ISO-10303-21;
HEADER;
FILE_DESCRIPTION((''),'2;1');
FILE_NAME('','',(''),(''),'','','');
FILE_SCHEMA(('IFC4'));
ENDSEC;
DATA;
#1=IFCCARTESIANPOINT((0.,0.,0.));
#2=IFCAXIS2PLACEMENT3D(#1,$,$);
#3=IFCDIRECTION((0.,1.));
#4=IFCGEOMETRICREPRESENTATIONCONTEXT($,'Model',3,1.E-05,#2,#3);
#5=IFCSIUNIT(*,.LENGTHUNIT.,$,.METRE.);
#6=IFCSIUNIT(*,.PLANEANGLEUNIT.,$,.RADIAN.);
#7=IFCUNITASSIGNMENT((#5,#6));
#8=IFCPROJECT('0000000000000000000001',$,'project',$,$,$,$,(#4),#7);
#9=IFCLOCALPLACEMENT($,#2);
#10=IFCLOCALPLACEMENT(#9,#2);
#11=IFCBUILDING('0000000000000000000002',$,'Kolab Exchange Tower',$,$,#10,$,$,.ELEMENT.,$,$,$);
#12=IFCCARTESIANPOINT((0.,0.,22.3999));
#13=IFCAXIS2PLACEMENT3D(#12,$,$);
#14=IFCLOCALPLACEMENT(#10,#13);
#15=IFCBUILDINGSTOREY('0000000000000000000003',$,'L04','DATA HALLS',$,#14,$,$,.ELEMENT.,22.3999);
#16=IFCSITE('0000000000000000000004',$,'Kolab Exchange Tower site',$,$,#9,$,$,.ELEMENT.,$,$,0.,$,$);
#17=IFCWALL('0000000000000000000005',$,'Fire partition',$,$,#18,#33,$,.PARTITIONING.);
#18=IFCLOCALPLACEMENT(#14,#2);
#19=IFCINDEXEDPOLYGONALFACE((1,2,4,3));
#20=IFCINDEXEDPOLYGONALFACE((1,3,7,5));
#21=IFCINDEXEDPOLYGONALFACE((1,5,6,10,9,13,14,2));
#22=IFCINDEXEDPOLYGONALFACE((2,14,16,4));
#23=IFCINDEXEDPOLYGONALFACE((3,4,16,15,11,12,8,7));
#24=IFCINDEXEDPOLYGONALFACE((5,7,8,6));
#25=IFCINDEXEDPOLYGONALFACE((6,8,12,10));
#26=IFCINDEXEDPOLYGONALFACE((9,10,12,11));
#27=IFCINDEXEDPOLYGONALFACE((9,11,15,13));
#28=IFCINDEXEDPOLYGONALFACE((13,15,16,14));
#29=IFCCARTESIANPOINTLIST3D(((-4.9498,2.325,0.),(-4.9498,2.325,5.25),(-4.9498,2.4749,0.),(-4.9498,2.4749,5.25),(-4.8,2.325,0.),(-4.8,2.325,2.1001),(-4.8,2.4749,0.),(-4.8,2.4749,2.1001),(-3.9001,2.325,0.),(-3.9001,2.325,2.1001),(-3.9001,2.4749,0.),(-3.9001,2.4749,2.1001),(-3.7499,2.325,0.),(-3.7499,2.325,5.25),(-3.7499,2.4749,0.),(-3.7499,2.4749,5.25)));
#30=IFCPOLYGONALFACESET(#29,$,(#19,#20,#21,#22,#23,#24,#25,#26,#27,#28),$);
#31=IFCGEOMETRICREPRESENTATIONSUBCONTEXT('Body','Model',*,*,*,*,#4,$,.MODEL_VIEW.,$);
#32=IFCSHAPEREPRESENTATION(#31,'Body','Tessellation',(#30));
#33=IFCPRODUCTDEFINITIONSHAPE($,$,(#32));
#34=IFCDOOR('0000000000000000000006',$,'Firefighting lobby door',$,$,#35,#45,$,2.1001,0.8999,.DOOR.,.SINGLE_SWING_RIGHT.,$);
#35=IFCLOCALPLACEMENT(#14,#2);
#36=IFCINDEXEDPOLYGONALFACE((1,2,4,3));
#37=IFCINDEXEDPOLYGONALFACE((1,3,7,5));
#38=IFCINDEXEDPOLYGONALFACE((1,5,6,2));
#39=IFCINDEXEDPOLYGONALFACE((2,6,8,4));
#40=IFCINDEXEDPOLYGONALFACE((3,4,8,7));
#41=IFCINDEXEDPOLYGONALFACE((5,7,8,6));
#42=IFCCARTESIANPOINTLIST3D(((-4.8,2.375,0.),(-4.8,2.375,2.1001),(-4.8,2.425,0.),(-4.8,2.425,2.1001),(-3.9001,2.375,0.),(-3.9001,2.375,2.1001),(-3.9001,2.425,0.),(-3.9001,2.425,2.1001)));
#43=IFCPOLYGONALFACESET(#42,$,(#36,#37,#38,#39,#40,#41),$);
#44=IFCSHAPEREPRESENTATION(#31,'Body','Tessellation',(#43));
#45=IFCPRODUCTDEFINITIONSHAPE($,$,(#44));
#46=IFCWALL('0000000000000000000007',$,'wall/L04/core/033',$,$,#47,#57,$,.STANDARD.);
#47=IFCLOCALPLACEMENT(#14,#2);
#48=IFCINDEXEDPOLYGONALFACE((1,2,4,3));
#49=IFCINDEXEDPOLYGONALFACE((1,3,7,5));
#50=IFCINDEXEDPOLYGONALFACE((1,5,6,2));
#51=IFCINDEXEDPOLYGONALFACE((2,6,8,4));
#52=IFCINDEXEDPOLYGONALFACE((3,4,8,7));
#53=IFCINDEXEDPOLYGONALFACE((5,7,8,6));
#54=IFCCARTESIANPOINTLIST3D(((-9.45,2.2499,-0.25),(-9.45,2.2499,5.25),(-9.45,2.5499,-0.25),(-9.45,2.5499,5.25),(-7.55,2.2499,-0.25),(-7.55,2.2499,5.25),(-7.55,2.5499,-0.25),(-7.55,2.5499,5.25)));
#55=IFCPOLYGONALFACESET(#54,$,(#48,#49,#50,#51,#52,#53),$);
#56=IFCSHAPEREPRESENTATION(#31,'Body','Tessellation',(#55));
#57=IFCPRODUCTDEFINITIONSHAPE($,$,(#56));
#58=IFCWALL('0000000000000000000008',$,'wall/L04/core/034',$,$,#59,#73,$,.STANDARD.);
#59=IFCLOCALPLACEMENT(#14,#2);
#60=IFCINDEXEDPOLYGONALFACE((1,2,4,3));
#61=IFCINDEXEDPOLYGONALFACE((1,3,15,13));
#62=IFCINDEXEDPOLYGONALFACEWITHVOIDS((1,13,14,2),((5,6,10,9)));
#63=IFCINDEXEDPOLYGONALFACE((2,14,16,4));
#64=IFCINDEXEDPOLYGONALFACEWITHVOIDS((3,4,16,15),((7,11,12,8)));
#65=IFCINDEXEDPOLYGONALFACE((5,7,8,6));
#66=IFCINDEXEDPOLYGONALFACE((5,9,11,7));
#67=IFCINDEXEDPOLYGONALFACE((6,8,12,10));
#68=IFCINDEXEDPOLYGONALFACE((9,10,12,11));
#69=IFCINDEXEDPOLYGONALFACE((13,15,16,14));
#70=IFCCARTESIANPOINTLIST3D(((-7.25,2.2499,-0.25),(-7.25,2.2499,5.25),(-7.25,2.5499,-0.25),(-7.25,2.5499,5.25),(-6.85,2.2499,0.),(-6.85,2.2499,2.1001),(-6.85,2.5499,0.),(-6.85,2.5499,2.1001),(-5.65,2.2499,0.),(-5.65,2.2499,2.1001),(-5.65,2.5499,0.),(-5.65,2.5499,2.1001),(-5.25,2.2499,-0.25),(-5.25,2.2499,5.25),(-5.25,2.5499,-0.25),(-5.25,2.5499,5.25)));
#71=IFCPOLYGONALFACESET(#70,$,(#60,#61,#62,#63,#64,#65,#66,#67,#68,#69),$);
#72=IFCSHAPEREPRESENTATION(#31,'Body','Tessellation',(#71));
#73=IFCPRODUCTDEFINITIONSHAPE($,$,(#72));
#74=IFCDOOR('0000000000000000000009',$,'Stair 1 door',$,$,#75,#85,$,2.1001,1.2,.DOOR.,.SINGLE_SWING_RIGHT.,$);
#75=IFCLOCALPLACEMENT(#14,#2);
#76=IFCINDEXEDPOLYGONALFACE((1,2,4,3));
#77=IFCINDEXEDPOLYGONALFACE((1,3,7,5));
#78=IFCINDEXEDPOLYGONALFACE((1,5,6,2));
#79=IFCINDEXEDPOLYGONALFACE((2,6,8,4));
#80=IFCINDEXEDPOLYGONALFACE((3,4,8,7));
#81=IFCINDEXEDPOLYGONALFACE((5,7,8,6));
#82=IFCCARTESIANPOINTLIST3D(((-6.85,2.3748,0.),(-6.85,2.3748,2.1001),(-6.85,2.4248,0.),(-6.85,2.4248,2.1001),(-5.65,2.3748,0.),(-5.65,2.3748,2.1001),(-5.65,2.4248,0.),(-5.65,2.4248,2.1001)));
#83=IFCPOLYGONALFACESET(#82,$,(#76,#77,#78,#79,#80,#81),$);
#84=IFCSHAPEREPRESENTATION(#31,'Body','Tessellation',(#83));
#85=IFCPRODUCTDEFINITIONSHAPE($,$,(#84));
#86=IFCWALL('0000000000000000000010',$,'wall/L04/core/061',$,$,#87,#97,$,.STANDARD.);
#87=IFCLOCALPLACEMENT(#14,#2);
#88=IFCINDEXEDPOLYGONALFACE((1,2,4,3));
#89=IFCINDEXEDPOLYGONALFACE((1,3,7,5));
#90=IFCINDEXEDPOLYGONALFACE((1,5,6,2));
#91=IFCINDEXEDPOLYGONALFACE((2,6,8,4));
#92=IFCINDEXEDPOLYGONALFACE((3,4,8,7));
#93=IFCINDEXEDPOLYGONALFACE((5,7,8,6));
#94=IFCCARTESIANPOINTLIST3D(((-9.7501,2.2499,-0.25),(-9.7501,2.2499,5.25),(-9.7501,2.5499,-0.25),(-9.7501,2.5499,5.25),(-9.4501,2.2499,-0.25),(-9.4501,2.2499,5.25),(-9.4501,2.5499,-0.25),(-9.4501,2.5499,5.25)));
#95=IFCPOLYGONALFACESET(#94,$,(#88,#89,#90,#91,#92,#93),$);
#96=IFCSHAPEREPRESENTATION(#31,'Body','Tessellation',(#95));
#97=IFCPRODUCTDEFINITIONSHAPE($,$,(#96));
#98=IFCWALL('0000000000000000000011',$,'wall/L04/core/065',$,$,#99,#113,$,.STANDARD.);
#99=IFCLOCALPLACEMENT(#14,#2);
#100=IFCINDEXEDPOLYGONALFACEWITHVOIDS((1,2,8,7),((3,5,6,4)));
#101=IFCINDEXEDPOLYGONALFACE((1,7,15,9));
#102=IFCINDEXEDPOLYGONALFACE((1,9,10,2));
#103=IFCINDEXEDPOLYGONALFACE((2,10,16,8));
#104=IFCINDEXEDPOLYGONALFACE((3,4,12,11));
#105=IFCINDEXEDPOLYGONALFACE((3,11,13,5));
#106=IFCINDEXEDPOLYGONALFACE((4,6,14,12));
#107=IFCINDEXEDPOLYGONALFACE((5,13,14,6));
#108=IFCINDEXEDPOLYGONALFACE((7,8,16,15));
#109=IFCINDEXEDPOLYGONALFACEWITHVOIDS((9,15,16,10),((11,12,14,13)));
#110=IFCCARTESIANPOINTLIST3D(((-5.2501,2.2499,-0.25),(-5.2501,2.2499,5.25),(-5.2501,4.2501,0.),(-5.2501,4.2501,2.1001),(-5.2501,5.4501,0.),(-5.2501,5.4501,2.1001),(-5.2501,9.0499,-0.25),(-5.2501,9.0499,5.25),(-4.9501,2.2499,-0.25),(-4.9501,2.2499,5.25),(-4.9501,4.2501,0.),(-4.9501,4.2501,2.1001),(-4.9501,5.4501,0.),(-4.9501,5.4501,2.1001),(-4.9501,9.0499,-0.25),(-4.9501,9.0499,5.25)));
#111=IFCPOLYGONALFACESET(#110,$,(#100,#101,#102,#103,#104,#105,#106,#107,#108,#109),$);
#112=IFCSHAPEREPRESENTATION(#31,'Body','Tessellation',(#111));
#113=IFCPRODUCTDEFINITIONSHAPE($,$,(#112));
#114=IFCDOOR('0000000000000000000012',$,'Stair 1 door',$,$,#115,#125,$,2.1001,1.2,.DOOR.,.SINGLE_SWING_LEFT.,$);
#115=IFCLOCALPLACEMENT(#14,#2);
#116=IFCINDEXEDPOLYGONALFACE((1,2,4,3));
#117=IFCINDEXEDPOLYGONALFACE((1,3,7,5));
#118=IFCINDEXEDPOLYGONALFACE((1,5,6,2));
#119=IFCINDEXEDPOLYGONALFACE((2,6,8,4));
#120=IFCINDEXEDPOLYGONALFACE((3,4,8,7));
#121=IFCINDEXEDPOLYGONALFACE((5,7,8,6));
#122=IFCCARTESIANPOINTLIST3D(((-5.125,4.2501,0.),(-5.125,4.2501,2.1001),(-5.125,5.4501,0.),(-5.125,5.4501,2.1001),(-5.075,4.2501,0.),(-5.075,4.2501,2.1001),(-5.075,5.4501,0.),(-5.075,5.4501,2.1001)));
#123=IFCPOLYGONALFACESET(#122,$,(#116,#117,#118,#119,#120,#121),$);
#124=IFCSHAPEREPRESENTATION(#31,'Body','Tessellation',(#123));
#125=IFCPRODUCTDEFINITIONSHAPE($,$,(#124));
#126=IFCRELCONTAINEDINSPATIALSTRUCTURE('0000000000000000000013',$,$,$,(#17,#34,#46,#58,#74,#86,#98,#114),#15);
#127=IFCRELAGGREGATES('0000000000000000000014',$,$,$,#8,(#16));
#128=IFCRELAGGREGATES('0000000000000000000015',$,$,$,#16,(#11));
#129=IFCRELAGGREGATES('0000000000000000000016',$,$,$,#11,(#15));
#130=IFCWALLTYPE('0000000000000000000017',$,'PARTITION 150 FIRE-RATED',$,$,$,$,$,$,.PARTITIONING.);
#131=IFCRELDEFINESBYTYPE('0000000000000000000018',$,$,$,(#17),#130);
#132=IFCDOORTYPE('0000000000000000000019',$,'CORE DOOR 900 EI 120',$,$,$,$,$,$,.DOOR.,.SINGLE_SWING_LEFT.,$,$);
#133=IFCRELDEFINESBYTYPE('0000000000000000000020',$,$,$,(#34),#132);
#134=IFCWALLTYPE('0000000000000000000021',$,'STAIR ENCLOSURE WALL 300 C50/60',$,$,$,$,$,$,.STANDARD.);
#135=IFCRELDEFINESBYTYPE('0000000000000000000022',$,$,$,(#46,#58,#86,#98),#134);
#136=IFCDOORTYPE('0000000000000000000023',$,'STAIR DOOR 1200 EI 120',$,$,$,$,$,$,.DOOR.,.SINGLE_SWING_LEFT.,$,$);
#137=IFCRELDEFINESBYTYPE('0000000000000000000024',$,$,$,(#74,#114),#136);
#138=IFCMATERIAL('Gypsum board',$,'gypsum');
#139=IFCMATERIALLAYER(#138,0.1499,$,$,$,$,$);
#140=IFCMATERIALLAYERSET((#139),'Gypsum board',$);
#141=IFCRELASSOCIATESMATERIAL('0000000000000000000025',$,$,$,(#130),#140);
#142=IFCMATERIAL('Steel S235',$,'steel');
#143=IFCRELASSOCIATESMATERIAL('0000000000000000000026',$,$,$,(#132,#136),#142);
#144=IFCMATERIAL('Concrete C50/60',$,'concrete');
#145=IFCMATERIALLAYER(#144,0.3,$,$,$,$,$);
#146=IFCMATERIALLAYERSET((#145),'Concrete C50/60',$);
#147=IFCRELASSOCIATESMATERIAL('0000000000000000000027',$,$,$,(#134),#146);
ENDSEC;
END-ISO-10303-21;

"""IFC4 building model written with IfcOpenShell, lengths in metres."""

from ifc_helpers import new_model, si_unit, direction, frame, frame_2d, origin, place, context, subcontext, project, spatial, rectangle, extrude, material, layer, layer_set, type_object, element, fill, save


model = new_model("IFC4")

# Units and contexts
model_context = context("Model", 3, precision=1e-05, world=origin(), true_north=direction((0.0, 1.0)))
body_context = subcontext(model_context, "Body", "Model", "MODEL_VIEW")
ifc_project = project(units=[si_unit("LENGTHUNIT", "METRE"), si_unit("PLANEANGLEUNIT", "RADIAN")], contexts=[model_context])

# Site, building, storey
site_placement = place(None, origin())
site = spatial("IfcSite", under=ifc_project, at=site_placement, Name="Kolab Exchange Tower site", CompositionType="ELEMENT", RefElevation=0.0)
building_placement = place(site_placement, origin())
building = spatial("IfcBuilding", under=site, at=building_placement, Name="Kolab Exchange Tower", CompositionType="ELEMENT")
storey_placement = place(building_placement, frame((0.0, 0.0, 22.3999)))
storey = spatial("IfcBuildingStorey", under=building, at=storey_placement, Name="L04", Description="DATA HALLS", CompositionType="ELEMENT", Elevation=22.3999)

# Shared definitions
ifc_material_1 = material(Name="Concrete C50/60", Category="concrete")
ifc_material_2 = material(Name="Gypsum board", Category="gypsum")
ifc_layer_1 = layer(ifc_material_2, 0.1499)
ifc_layer_set_1 = layer_set([ifc_layer_1], Name="Gypsum board")
wall_type_1 = type_object("IfcWallType", Name="PARTITION 150 FIRE-RATED", PredefinedType="PARTITIONING", material=ifc_layer_set_1)

# Shared definitions
ifc_material_3 = material(Name="Steel S235", Category="steel")

# Wall, opening, door
wall_1_placement = place(storey_placement, frame((-4.95, 2.3999, 0.0), z_axis=(0.0, 0.0, 1.0), x_axis=(1.0, 0.0, 0.0)))
wall_1 = element("IfcWall", 1, at=wall_1_placement, inside=storey, type_object=wall_type_1, Name="Fire partition", PredefinedType="PARTITIONING", context=body_context, shape_type="SweptSolid", body=[
    extrude(rectangle(XDim=1.2, YDim=0.1499, at=frame_2d((0.6001, 0.0))), origin(), (0.0, 0.0, 1.0), 5.25),
])
opening_1_placement = place(wall_1_placement, frame((0.1499, 0.0, 0.0)))
opening_1 = element("IfcOpeningElement", 2, at=opening_1_placement, cuts=wall_1, PredefinedType="OPENING", context=body_context, shape_type="SweptSolid", body=[
    extrude(rectangle(XDim=0.8999, YDim=2.1001, at=frame_2d((0.45, 1.05))), frame((0.0, 0.085, 0.0), z_axis=(0.0, -1.0, 0.0), x_axis=(1.0, 0.0, 0.0)), (0.0, 0.0, 1.0), 0.1699),
])
door_type_1 = type_object("IfcDoorType", Name="CORE DOOR 900 EI 120", OperationType="SINGLE_SWING_LEFT", PredefinedType="DOOR", material=ifc_material_3)
door_1_placement = place(opening_1_placement, frame((0.8999, 0.0, 0.0), z_axis=(0.0, 0.0, 1.0), x_axis=(-1.0, 0.0, 0.0)))
door_1 = element("IfcDoor", 3, at=door_1_placement, inside=storey, type_object=door_type_1, Name="Firefighting lobby door", OperationType="SINGLE_SWING_RIGHT", OverallHeight=2.1001, OverallWidth=0.8999, PredefinedType="DOOR", context=body_context, shape_type="SweptSolid", body=[
    extrude(rectangle(XDim=0.8999, YDim=2.1001, at=frame_2d((0.45, 1.05))), frame((0.0, 0.0249, 0.0), z_axis=(0.0, -1.0, 0.0), x_axis=(1.0, 0.0, 0.0)), (0.0, 0.0, 1.0), 0.05),
])
fill(opening_1, door_1)

# Wall
ifc_layer_2 = layer(ifc_material_1, 0.3)
ifc_layer_set_2 = layer_set([ifc_layer_2], Name="Concrete C50/60")
wall_type_2 = type_object("IfcWallType", Name="STAIR ENCLOSURE WALL 300 C50/60", PredefinedType="STANDARD", material=ifc_layer_set_2)
wall_2_placement = place(storey_placement, frame((-9.45, 2.3999, -0.25), z_axis=(0.0, 0.0, 1.0), x_axis=(1.0, 0.0, 0.0)))
element("IfcWall", 4, at=wall_2_placement, inside=storey, type_object=wall_type_2, Name="wall/L04/core/033", PredefinedType="STANDARD", context=body_context, shape_type="SweptSolid", body=[
    extrude(rectangle(XDim=1.8999, YDim=0.3, at=frame_2d((0.95, 0.0))), origin(), (0.0, 0.0, 1.0), 5.5),
])

# Wall, opening, door
wall_3_placement = place(storey_placement, frame((-7.25, 2.3999, -0.25), z_axis=(0.0, 0.0, 1.0), x_axis=(1.0, 0.0, 0.0)))
wall_3 = element("IfcWall", 5, at=wall_3_placement, inside=storey, type_object=wall_type_2, Name="wall/L04/core/034", PredefinedType="STANDARD", context=body_context, shape_type="SweptSolid", body=[
    extrude(rectangle(XDim=2.0, YDim=0.3, at=frame_2d((1.0, 0.0))), origin(), (0.0, 0.0, 1.0), 5.5),
])
opening_2_placement = place(wall_3_placement, frame((0.3999, 0.0, 0.25)))
opening_2 = element("IfcOpeningElement", 6, at=opening_2_placement, cuts=wall_3, PredefinedType="OPENING", context=body_context, shape_type="SweptSolid", body=[
    extrude(rectangle(XDim=1.2, YDim=2.1001, at=frame_2d((0.6001, 1.05))), frame((0.0, 0.1602, 0.0), z_axis=(0.0, -1.0, 0.0), x_axis=(1.0, 0.0, 0.0)), (0.0, 0.0, 1.0), 0.3201),
])
door_type_2 = type_object("IfcDoorType", Name="STAIR DOOR 1200 EI 120", OperationType="SINGLE_SWING_LEFT", PredefinedType="DOOR", material=ifc_material_3)
door_2_placement = place(opening_2_placement, origin())
door_2 = element("IfcDoor", 7, at=door_2_placement, inside=storey, type_object=door_type_2, Name="Stair 1 door", OperationType="SINGLE_SWING_RIGHT", OverallHeight=2.1001, OverallWidth=1.2, PredefinedType="DOOR", context=body_context, shape_type="SweptSolid", body=[
    extrude(rectangle(XDim=1.2, YDim=2.1001, at=frame_2d((0.6001, 1.05))), frame((0.0, 0.0249, 0.0), z_axis=(0.0, -1.0, 0.0), x_axis=(1.0, 0.0, 0.0)), (0.0, 0.0, 1.0), 0.05),
])
fill(opening_2, door_2)

# Wall
wall_4_placement = place(storey_placement, frame((-9.6001, 2.25, -0.25), z_axis=(0.0, 0.0, 1.0), x_axis=(0.0, 1.0, 0.0)))
element("IfcWall", 8, at=wall_4_placement, inside=storey, type_object=wall_type_2, Name="wall/L04/core/061", PredefinedType="STANDARD", context=body_context, shape_type="SweptSolid", body=[
    extrude(rectangle(XDim=0.3, YDim=0.3, at=frame_2d((0.1499, 0.0))), origin(), (0.0, 0.0, 1.0), 5.5),
])

# Wall, opening, door
wall_5_placement = place(storey_placement, frame((-5.1001, 2.25, -0.25), z_axis=(0.0, 0.0, 1.0), x_axis=(0.0, 1.0, 0.0)))
wall_5 = element("IfcWall", 9, at=wall_5_placement, inside=storey, type_object=wall_type_2, Name="wall/L04/core/065", PredefinedType="STANDARD", context=body_context, shape_type="SweptSolid", body=[
    extrude(rectangle(XDim=6.8, YDim=0.3, at=frame_2d((3.3999, 0.0))), origin(), (0.0, 0.0, 1.0), 5.5),
])
opening_3_placement = place(wall_5_placement, frame((2.0, 0.0, 0.25)))
opening_3 = element("IfcOpeningElement", 10, at=opening_3_placement, cuts=wall_5, PredefinedType="OPENING", context=body_context, shape_type="SweptSolid", body=[
    extrude(rectangle(XDim=1.2, YDim=2.1001, at=frame_2d((0.6001, 1.05))), frame((0.0, 0.1602, 0.0), z_axis=(0.0, -1.0, 0.0), x_axis=(1.0, 0.0, 0.0)), (0.0, 0.0, 1.0), 0.3201),
])
door_3_placement = place(opening_3_placement, origin())
door_3 = element("IfcDoor", 11, at=door_3_placement, inside=storey, type_object=door_type_2, Name="Stair 1 door", OperationType="SINGLE_SWING_LEFT", OverallHeight=2.1001, OverallWidth=1.2, PredefinedType="DOOR", context=body_context, shape_type="SweptSolid", body=[
    extrude(rectangle(XDim=1.2, YDim=2.1001, at=frame_2d((0.6001, 1.05))), frame((0.0, 0.0249, 0.0), z_axis=(0.0, -1.0, 0.0), x_axis=(1.0, 0.0, 0.0)), (0.0, 0.0, 1.0), 0.05),
])
fill(opening_3, door_3)

save(model, "model.ifc")
